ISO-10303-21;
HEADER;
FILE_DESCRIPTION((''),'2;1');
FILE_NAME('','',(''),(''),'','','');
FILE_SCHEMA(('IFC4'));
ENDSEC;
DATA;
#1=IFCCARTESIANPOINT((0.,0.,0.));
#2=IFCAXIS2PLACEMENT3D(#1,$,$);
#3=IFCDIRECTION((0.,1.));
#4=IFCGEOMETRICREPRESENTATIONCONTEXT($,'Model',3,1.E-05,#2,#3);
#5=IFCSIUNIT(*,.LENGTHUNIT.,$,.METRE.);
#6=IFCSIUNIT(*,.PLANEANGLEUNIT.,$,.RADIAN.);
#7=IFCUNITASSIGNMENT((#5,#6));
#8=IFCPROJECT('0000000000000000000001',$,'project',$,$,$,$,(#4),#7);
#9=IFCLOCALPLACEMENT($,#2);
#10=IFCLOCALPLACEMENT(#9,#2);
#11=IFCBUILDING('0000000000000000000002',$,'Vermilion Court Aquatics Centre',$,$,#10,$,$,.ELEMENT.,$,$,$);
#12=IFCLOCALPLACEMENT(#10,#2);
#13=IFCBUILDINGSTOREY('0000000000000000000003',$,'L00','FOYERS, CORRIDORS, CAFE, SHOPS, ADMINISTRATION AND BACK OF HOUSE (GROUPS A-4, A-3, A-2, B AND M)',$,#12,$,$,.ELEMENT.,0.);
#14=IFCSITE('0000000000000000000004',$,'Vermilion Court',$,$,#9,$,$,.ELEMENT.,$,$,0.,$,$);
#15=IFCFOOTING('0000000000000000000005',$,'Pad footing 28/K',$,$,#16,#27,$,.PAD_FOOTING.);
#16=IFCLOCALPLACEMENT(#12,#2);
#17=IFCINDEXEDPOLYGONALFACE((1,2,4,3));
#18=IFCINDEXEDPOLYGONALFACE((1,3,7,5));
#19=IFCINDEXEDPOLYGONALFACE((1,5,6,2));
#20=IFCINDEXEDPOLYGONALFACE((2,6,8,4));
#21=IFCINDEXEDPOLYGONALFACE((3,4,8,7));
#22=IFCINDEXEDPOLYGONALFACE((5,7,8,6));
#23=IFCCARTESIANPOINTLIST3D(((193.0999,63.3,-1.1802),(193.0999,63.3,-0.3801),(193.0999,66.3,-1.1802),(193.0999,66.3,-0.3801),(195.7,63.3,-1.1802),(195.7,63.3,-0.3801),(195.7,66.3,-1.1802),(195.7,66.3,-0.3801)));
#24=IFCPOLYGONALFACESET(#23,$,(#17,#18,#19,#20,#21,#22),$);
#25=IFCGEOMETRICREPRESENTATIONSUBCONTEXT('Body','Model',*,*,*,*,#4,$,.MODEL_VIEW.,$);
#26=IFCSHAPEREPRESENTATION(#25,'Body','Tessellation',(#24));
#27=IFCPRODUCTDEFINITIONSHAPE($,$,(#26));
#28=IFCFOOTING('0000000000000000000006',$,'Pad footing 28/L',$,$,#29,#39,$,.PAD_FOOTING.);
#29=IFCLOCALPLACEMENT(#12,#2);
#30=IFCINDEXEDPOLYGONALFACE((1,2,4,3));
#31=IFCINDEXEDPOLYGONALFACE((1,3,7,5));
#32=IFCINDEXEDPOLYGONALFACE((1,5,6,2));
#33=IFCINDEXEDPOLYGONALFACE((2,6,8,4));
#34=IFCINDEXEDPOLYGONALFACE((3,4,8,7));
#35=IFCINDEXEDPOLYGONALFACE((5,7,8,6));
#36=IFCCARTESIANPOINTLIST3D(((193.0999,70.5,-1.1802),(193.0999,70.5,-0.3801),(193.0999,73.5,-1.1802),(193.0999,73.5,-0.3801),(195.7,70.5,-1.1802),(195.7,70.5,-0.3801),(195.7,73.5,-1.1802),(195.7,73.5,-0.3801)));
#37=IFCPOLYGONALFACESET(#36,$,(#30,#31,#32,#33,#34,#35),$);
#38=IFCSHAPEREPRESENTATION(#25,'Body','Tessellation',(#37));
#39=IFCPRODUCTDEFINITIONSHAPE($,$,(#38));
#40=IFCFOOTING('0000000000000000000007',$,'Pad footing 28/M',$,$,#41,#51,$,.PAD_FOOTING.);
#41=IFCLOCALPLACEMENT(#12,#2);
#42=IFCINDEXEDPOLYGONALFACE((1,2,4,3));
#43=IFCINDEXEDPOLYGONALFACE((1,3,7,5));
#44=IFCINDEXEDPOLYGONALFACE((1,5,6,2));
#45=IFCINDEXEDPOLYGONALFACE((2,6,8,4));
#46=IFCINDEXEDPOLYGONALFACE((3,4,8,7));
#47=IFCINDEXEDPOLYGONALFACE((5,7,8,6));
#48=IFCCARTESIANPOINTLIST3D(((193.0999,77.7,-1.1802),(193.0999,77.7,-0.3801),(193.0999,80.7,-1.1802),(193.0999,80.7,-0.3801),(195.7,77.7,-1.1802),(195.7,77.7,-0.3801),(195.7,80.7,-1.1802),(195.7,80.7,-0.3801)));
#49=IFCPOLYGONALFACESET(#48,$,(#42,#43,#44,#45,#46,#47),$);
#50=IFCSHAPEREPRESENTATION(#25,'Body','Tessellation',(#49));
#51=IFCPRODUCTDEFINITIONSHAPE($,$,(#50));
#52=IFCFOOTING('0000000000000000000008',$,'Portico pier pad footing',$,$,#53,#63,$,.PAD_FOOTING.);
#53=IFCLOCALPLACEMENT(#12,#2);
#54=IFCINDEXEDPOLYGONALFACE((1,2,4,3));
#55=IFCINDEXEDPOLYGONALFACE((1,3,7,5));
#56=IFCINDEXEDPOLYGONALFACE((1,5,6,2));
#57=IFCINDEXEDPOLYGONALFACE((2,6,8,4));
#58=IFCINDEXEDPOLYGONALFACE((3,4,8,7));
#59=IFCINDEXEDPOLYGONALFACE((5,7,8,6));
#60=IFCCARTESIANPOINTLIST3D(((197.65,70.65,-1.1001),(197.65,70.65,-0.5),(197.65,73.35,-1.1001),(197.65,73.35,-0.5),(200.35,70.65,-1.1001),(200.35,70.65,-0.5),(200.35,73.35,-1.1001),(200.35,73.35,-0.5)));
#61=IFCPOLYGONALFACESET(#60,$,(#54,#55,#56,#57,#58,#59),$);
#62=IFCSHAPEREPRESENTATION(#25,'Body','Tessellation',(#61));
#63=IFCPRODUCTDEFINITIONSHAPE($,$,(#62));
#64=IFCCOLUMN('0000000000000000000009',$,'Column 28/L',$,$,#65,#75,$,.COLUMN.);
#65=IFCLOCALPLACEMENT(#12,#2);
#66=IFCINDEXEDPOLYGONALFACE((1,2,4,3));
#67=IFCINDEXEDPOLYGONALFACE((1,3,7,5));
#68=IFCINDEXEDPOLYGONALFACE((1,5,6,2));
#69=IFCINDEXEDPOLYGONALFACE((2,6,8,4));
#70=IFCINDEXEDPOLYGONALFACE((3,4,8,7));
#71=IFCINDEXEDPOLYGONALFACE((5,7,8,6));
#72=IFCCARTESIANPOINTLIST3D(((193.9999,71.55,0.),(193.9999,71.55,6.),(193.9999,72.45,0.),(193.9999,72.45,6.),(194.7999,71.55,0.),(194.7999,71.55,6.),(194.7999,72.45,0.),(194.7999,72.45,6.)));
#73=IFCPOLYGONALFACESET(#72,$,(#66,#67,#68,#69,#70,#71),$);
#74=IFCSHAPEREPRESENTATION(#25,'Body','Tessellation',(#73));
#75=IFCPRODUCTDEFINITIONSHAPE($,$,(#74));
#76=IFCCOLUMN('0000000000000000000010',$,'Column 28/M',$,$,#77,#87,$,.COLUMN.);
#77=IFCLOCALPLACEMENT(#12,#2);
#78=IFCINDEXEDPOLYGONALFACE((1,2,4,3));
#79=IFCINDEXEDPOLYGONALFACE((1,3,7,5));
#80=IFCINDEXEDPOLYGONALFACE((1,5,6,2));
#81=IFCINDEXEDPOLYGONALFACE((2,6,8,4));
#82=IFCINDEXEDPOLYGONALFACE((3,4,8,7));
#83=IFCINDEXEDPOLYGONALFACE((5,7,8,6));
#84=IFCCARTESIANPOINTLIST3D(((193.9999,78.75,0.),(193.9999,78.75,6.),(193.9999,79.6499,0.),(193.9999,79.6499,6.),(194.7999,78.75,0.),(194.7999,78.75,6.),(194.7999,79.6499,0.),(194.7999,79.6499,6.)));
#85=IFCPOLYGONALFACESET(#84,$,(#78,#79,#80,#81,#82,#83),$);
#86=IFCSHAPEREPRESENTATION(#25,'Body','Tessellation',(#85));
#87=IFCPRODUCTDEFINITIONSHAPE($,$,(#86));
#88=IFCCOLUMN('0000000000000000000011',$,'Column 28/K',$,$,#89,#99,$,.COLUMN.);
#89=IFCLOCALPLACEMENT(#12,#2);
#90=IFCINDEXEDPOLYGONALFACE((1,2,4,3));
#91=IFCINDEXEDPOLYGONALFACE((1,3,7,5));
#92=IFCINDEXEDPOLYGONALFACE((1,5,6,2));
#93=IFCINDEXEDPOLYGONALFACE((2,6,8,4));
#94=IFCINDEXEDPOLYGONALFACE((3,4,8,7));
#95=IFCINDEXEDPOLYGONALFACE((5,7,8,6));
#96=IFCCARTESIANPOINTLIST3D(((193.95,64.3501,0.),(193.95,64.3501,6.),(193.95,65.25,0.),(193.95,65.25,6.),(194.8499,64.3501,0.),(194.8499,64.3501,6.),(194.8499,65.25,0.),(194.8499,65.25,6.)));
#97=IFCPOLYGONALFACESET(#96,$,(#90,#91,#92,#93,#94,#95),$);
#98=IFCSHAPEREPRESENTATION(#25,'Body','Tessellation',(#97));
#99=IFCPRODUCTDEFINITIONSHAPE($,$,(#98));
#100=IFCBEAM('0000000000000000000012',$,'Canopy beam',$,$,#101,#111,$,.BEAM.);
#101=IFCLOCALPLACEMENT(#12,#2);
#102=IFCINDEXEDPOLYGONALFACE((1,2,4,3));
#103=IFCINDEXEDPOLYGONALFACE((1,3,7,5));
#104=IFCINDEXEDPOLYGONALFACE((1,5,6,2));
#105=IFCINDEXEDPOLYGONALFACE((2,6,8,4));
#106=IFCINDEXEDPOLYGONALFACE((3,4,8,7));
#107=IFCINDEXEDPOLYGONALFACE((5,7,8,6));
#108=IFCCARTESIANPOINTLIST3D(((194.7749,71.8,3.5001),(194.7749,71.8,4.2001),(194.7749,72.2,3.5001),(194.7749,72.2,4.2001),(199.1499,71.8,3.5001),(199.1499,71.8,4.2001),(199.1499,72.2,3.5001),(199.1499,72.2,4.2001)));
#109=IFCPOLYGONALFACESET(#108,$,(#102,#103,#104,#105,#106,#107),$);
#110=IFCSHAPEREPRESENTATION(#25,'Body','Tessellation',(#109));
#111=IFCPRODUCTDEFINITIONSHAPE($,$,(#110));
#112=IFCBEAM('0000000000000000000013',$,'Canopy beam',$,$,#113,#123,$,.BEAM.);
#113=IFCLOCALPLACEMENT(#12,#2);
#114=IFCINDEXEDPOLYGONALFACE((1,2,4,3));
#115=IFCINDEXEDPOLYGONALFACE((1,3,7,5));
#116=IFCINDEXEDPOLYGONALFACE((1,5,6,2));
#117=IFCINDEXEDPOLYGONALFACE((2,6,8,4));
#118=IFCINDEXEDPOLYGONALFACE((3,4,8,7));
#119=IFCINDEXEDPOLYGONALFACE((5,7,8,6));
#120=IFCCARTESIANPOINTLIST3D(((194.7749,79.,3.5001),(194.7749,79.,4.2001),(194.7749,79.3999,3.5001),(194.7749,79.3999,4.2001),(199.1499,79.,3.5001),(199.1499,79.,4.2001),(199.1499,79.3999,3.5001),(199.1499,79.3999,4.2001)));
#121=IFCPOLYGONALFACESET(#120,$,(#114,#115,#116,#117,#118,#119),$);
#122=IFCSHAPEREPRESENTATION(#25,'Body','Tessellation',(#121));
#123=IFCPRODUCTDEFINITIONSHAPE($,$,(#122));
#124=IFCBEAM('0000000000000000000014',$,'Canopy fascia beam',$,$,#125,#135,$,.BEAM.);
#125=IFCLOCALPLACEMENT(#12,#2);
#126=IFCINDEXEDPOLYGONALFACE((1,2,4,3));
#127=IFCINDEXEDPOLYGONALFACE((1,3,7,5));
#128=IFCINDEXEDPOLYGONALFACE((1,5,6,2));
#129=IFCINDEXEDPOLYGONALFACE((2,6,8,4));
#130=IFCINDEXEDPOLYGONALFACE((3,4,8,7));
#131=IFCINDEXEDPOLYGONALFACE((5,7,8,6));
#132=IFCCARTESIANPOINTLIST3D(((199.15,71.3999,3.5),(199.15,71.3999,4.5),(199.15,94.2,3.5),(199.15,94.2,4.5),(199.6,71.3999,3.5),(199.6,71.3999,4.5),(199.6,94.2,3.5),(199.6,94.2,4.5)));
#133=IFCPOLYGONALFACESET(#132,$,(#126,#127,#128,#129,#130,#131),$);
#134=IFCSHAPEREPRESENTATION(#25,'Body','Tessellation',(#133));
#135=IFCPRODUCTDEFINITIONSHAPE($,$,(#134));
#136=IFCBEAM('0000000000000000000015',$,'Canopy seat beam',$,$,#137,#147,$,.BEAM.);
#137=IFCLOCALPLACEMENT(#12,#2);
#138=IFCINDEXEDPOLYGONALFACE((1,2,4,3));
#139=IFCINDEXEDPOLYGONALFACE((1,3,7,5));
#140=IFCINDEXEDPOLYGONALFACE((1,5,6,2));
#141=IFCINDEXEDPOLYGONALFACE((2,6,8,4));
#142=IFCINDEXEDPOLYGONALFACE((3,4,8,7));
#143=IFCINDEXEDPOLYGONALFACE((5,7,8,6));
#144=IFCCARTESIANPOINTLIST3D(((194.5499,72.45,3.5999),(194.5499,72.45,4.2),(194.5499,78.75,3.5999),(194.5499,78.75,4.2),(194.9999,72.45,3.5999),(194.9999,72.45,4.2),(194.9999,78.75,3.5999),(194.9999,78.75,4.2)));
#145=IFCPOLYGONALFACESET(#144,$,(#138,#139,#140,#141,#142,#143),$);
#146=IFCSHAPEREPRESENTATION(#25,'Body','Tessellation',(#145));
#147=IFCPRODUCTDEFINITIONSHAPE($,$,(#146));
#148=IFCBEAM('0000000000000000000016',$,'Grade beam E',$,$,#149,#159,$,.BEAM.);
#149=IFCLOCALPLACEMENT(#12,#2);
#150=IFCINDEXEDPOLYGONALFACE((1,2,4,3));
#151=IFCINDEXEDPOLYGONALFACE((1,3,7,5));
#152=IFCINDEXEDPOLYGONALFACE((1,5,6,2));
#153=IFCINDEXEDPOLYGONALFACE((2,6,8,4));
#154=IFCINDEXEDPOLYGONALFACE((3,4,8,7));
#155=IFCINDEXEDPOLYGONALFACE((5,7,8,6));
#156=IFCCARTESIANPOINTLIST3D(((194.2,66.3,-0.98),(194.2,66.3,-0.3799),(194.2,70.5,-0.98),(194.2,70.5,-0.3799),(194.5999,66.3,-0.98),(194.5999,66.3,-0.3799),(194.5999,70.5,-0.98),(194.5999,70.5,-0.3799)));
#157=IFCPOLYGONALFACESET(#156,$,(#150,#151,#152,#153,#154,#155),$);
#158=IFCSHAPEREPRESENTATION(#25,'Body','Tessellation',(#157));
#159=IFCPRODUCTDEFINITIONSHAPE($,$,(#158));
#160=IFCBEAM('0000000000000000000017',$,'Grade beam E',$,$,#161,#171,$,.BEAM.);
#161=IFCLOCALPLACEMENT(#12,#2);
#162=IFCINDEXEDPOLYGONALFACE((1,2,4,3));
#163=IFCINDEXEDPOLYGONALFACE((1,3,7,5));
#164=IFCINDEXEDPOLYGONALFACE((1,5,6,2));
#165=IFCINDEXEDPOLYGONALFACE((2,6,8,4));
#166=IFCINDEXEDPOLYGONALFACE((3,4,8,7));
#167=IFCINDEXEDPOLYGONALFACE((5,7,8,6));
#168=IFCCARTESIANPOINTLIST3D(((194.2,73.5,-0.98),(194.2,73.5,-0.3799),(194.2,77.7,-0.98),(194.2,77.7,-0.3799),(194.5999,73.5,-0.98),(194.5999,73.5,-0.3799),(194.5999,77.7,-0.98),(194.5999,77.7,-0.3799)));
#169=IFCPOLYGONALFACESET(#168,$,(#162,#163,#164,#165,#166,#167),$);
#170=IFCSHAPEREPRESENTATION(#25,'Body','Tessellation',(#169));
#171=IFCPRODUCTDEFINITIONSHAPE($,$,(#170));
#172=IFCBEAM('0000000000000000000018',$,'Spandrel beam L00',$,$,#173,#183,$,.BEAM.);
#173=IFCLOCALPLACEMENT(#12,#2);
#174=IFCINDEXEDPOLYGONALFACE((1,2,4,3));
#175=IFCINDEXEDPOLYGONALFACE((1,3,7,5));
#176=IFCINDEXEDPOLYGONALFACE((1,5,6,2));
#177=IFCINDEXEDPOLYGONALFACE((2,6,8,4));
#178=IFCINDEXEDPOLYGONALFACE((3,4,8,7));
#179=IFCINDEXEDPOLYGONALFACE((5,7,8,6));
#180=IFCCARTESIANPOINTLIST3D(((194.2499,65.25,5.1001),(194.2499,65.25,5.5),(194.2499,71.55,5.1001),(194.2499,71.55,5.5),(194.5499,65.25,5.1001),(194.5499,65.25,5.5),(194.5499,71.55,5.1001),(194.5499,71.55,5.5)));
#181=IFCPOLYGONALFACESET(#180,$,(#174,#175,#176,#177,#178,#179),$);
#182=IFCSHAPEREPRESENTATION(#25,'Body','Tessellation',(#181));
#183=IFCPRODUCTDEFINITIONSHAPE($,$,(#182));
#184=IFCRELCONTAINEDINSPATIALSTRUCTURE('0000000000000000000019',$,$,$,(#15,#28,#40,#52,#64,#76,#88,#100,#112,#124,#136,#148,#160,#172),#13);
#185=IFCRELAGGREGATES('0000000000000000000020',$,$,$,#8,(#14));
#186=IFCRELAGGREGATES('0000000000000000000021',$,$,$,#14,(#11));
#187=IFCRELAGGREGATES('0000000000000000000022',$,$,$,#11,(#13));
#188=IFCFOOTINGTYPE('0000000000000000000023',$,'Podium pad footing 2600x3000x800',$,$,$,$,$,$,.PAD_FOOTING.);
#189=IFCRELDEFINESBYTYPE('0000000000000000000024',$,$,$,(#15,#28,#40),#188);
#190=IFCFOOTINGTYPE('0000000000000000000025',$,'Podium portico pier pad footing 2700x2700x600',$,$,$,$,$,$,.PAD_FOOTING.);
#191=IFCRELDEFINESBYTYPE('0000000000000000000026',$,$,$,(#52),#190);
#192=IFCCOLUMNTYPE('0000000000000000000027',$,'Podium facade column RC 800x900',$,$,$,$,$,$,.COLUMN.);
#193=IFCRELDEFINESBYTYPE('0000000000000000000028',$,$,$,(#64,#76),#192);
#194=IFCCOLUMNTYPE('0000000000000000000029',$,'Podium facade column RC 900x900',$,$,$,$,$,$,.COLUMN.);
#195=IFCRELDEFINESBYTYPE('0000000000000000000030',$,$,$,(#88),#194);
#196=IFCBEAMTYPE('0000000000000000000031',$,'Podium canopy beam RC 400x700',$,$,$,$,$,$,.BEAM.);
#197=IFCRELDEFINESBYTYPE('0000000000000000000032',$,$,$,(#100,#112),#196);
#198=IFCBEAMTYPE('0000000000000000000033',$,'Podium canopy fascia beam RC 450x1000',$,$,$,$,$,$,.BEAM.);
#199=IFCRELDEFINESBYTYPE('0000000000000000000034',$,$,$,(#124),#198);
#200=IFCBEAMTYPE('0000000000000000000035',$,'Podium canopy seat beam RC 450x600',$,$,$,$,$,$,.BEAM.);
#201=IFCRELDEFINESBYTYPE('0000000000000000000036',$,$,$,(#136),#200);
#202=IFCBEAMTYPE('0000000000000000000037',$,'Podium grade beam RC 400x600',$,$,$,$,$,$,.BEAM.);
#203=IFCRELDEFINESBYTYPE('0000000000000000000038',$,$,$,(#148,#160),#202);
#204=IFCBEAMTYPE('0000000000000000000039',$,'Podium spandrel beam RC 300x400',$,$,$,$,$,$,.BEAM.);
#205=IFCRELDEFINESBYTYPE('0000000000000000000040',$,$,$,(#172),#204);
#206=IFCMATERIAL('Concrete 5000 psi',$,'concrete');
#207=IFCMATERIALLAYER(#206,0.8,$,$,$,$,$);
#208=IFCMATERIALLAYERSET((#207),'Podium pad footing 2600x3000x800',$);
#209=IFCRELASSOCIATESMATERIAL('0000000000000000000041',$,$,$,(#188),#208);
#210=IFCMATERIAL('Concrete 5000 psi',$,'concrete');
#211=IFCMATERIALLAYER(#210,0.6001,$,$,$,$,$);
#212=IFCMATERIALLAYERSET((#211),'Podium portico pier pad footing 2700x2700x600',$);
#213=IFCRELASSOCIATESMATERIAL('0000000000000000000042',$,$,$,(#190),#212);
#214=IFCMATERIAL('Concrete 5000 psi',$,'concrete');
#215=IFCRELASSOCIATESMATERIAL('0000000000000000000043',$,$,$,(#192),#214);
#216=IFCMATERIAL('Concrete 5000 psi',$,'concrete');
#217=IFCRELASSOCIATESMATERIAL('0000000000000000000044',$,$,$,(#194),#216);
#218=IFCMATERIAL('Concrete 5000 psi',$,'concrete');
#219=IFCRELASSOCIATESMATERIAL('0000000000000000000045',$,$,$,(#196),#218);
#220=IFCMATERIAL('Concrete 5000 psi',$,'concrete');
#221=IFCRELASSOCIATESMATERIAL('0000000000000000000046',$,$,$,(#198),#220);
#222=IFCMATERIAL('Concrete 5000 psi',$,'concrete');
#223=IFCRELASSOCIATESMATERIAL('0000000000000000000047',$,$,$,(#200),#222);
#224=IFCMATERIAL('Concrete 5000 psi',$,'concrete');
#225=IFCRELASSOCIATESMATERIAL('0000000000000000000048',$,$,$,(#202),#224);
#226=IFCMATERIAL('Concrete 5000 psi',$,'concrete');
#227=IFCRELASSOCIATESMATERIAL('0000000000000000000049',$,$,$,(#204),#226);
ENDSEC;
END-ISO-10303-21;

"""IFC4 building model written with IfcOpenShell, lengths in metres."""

from ifc_helpers import new_model, si_unit, direction, frame, origin, origin_2d, place, context, subcontext, project, spatial, rectangle, extrude, material, layer, layer_set, material_profile, profile_set, type_object, element, save


model = new_model("IFC4")

# Units and contexts
model_context = context("Model", 3, precision=1e-05, world=origin(), true_north=direction((0.0, 1.0)))
body_context = subcontext(model_context, "Body", "Model", "MODEL_VIEW")
ifc_project = project(units=[si_unit("LENGTHUNIT", "METRE"), si_unit("PLANEANGLEUNIT", "RADIAN")], contexts=[model_context])

# Site, building, storey
site_placement = place(None, origin())
site = spatial("IfcSite", under=ifc_project, at=site_placement, Name="Vermilion Court", CompositionType="ELEMENT", RefElevation=0.0)
building_placement = place(site_placement, origin())
building = spatial("IfcBuilding", under=site, at=building_placement, Name="Vermilion Court Aquatics Centre", CompositionType="ELEMENT")
storey_placement = place(building_placement, origin())
storey = spatial("IfcBuildingStorey", under=building, at=storey_placement, Name="L00", Description="FOYERS, CORRIDORS, CAFE, SHOPS, ADMINISTRATION AND BACK OF HOUSE (GROUPS A-4, A-3, A-2, B AND M)", CompositionType="ELEMENT", Elevation=0.0)

# Footings
ifc_material_1 = material(Name="Concrete 5000 psi", Category="concrete")
ifc_layer_1 = layer(ifc_material_1, 0.8)
ifc_layer_set_1 = layer_set([ifc_layer_1], Name="Podium pad footing 2600x3000x800")
footing_type_1 = type_object("IfcFootingType", Name="Podium pad footing 2600x3000x800", PredefinedType="PAD_FOOTING", material=ifc_layer_set_1)
for number, where, z_axis, x_axis, name in (
    (1, (194.3999, 64.8, -1.1802), (0.0, 0.0, 1.0), (1.0, 0.0, 0.0), "Pad footing 28/K"),
    (2, (194.3999, 72.0, -1.1802), (0.0, 0.0, 1.0), (1.0, 0.0, 0.0), "Pad footing 28/L"),
    (3, (194.3999, 79.2, -1.1802), (0.0, 0.0, 1.0), (1.0, 0.0, 0.0), "Pad footing 28/M"),
):
    element("IfcFooting", number, at=place(storey_placement, frame(where, z_axis=z_axis, x_axis=x_axis)), inside=storey, type_object=footing_type_1, Name=name, PredefinedType="PAD_FOOTING", context=body_context, shape_type="SweptSolid", body=[
        extrude(rectangle(XDim=2.6001, YDim=3.0, at=origin_2d()), origin(), (0.0, 0.0, 1.0), 0.8),
    ])
ifc_material_2 = material(Name="Concrete 5000 psi", Category="concrete")
ifc_layer_2 = layer(ifc_material_2, 0.6001)
ifc_layer_set_2 = layer_set([ifc_layer_2], Name="Podium portico pier pad footing 2700x2700x600")
footing_type_2 = type_object("IfcFootingType", Name="Podium portico pier pad footing 2700x2700x600", PredefinedType="PAD_FOOTING", material=ifc_layer_set_2)
footing_placement = place(storey_placement, frame((199.0, 72.0, -1.1001), z_axis=(0.0, 0.0, 1.0), x_axis=(1.0, 0.0, 0.0)))
element("IfcFooting", 4, at=footing_placement, inside=storey, type_object=footing_type_2, Name="Portico pier pad footing", PredefinedType="PAD_FOOTING", context=body_context, shape_type="SweptSolid", body=[
    extrude(rectangle(XDim=2.7, YDim=2.7, at=origin_2d()), origin(), (0.0, 0.0, 1.0), 0.6001),
])

# Columns
ifc_material_3 = material(Name="Concrete 5000 psi", Category="concrete")
ifc_material_profile_1 = material_profile(ifc_material_3, rectangle(XDim=0.8, YDim=0.8999, at=origin_2d()), Name="RC 800x900")
ifc_profile_set_1 = profile_set([ifc_material_profile_1], Name="Concrete 5000 psi")
column_type_1 = type_object("IfcColumnType", Name="Podium facade column RC 800x900", PredefinedType="COLUMN", material=ifc_profile_set_1)
for number, where, z_axis, x_axis, name in (
    (5, (194.3999, 72.0, 0.0), (0.0, 0.0, 1.0), (1.0, 0.0, 0.0), "Column 28/L"),
    (6, (194.3999, 79.2, 0.0), (0.0, 0.0, 1.0), (1.0, 0.0, 0.0), "Column 28/M"),
):
    element("IfcColumn", number, at=place(storey_placement, frame(where, z_axis=z_axis, x_axis=x_axis)), inside=storey, type_object=column_type_1, Name=name, PredefinedType="COLUMN", context=body_context, shape_type="SweptSolid", body=[
        extrude(rectangle(XDim=0.8, YDim=0.8999, at=origin_2d()), origin(), (0.0, 0.0, 1.0), 6.0),
    ])
ifc_material_4 = material(Name="Concrete 5000 psi", Category="concrete")
ifc_material_profile_2 = material_profile(ifc_material_4, rectangle(XDim=0.8999, YDim=0.8999, at=origin_2d()), Name="RC 900x900")
ifc_profile_set_2 = profile_set([ifc_material_profile_2], Name="Concrete 5000 psi")
column_type_2 = type_object("IfcColumnType", Name="Podium facade column RC 900x900", PredefinedType="COLUMN", material=ifc_profile_set_2)
column_placement = place(storey_placement, frame((194.3999, 64.8, 0.0), z_axis=(0.0, 0.0, 1.0), x_axis=(1.0, 0.0, 0.0)))
element("IfcColumn", 7, at=column_placement, inside=storey, type_object=column_type_2, Name="Column 28/K", PredefinedType="COLUMN", context=body_context, shape_type="SweptSolid", body=[
    extrude(rectangle(XDim=0.8999, YDim=0.8999, at=origin_2d()), origin(), (0.0, 0.0, 1.0), 6.0),
])

# Beams
ifc_material_5 = material(Name="Concrete 5000 psi", Category="concrete")
ifc_material_profile_3 = material_profile(ifc_material_5, rectangle(XDim=0.3999, YDim=0.7, at=origin_2d()), Name="RC 400x700")
ifc_profile_set_3 = profile_set([ifc_material_profile_3], Name="Concrete 5000 psi")
beam_type_1 = type_object("IfcBeamType", Name="Podium canopy beam RC 400x700", PredefinedType="BEAM", material=ifc_profile_set_3)
for number, where, z_axis, x_axis, name in (
    (8, (194.7749, 72.0, 3.8501), (1.0, 0.0, 0.0), (0.0, 1.0, 0.0), "Canopy beam"),
    (9, (194.7749, 79.2, 3.8501), (1.0, 0.0, 0.0), (0.0, 1.0, 0.0), "Canopy beam"),
):
    element("IfcBeam", number, at=place(storey_placement, frame(where, z_axis=z_axis, x_axis=x_axis)), inside=storey, type_object=beam_type_1, Name=name, PredefinedType="BEAM", context=body_context, shape_type="SweptSolid", body=[
        extrude(rectangle(XDim=0.3999, YDim=0.7, at=origin_2d()), origin(), (0.0, 0.0, 1.0), 4.375),
    ])
ifc_material_6 = material(Name="Concrete 5000 psi", Category="concrete")
ifc_material_profile_4 = material_profile(ifc_material_6, rectangle(XDim=0.45, YDim=1.0, at=origin_2d()), Name="RC 450x1000")
ifc_profile_set_4 = profile_set([ifc_material_profile_4], Name="Concrete 5000 psi")
beam_type_2 = type_object("IfcBeamType", Name="Podium canopy fascia beam RC 450x1000", PredefinedType="BEAM", material=ifc_profile_set_4)
beam_1_placement = place(storey_placement, frame((199.375, 71.3999, 4.0), z_axis=(0.0, 1.0, 0.0), x_axis=(-1.0, 0.0, 0.0)))
element("IfcBeam", 10, at=beam_1_placement, inside=storey, type_object=beam_type_2, Name="Canopy fascia beam", PredefinedType="BEAM", context=body_context, shape_type="SweptSolid", body=[
    extrude(rectangle(XDim=0.45, YDim=1.0, at=origin_2d()), origin(), (0.0, 0.0, 1.0), 22.8),
])
ifc_material_7 = material(Name="Concrete 5000 psi", Category="concrete")
ifc_material_profile_5 = material_profile(ifc_material_7, rectangle(XDim=0.45, YDim=0.6001, at=origin_2d()), Name="RC 450x600")
ifc_profile_set_5 = profile_set([ifc_material_profile_5], Name="Concrete 5000 psi")
beam_type_3 = type_object("IfcBeamType", Name="Podium canopy seat beam RC 450x600", PredefinedType="BEAM", material=ifc_profile_set_5)
beam_2_placement = place(storey_placement, frame((194.7749, 72.45, 3.8999), z_axis=(0.0, 1.0, 0.0), x_axis=(-1.0, 0.0, 0.0)))
element("IfcBeam", 11, at=beam_2_placement, inside=storey, type_object=beam_type_3, Name="Canopy seat beam", PredefinedType="BEAM", context=body_context, shape_type="SweptSolid", body=[
    extrude(rectangle(XDim=0.45, YDim=0.6001, at=origin_2d()), origin(), (0.0, 0.0, 1.0), 6.3),
])
ifc_material_8 = material(Name="Concrete 5000 psi", Category="concrete")
ifc_material_profile_6 = material_profile(ifc_material_8, rectangle(XDim=0.3999, YDim=0.6001, at=origin_2d()), Name="RC 400x600")
ifc_profile_set_6 = profile_set([ifc_material_profile_6], Name="Concrete 5000 psi")
beam_type_4 = type_object("IfcBeamType", Name="Podium grade beam RC 400x600", PredefinedType="BEAM", material=ifc_profile_set_6)
for number, where, z_axis, x_axis, name in (
    (12, (194.3999, 66.3, -0.6799), (0.0, 1.0, 0.0), (-1.0, 0.0, 0.0), "Grade beam E"),
    (13, (194.3999, 73.5, -0.6799), (0.0, 1.0, 0.0), (-1.0, 0.0, 0.0), "Grade beam E"),
):
    element("IfcBeam", number, at=place(storey_placement, frame(where, z_axis=z_axis, x_axis=x_axis)), inside=storey, type_object=beam_type_4, Name=name, PredefinedType="BEAM", context=body_context, shape_type="SweptSolid", body=[
        extrude(rectangle(XDim=0.3999, YDim=0.6001, at=origin_2d()), origin(), (0.0, 0.0, 1.0), 4.2),
    ])
ifc_material_9 = material(Name="Concrete 5000 psi", Category="concrete")
ifc_material_profile_7 = material_profile(ifc_material_9, rectangle(XDim=0.3, YDim=0.3999, at=origin_2d()), Name="RC 300x400")
ifc_profile_set_7 = profile_set([ifc_material_profile_7], Name="Concrete 5000 psi")
beam_type_5 = type_object("IfcBeamType", Name="Podium spandrel beam RC 300x400", PredefinedType="BEAM", material=ifc_profile_set_7)
for number, where, z_axis, x_axis, name in (
    (14, (194.3999, 65.25, 5.3), (0.0, 1.0, 0.0), (-1.0, 0.0, 0.0), "Spandrel beam L00"),
):
    element("IfcBeam", number, at=place(storey_placement, frame(where, z_axis=z_axis, x_axis=x_axis)), inside=storey, type_object=beam_type_5, Name=name, PredefinedType="BEAM", context=body_context, shape_type="SweptSolid", body=[
        extrude(rectangle(XDim=0.3, YDim=0.3999, at=origin_2d()), origin(), (0.0, 0.0, 1.0), 6.3),
    ])

save(model, "model.ifc")
